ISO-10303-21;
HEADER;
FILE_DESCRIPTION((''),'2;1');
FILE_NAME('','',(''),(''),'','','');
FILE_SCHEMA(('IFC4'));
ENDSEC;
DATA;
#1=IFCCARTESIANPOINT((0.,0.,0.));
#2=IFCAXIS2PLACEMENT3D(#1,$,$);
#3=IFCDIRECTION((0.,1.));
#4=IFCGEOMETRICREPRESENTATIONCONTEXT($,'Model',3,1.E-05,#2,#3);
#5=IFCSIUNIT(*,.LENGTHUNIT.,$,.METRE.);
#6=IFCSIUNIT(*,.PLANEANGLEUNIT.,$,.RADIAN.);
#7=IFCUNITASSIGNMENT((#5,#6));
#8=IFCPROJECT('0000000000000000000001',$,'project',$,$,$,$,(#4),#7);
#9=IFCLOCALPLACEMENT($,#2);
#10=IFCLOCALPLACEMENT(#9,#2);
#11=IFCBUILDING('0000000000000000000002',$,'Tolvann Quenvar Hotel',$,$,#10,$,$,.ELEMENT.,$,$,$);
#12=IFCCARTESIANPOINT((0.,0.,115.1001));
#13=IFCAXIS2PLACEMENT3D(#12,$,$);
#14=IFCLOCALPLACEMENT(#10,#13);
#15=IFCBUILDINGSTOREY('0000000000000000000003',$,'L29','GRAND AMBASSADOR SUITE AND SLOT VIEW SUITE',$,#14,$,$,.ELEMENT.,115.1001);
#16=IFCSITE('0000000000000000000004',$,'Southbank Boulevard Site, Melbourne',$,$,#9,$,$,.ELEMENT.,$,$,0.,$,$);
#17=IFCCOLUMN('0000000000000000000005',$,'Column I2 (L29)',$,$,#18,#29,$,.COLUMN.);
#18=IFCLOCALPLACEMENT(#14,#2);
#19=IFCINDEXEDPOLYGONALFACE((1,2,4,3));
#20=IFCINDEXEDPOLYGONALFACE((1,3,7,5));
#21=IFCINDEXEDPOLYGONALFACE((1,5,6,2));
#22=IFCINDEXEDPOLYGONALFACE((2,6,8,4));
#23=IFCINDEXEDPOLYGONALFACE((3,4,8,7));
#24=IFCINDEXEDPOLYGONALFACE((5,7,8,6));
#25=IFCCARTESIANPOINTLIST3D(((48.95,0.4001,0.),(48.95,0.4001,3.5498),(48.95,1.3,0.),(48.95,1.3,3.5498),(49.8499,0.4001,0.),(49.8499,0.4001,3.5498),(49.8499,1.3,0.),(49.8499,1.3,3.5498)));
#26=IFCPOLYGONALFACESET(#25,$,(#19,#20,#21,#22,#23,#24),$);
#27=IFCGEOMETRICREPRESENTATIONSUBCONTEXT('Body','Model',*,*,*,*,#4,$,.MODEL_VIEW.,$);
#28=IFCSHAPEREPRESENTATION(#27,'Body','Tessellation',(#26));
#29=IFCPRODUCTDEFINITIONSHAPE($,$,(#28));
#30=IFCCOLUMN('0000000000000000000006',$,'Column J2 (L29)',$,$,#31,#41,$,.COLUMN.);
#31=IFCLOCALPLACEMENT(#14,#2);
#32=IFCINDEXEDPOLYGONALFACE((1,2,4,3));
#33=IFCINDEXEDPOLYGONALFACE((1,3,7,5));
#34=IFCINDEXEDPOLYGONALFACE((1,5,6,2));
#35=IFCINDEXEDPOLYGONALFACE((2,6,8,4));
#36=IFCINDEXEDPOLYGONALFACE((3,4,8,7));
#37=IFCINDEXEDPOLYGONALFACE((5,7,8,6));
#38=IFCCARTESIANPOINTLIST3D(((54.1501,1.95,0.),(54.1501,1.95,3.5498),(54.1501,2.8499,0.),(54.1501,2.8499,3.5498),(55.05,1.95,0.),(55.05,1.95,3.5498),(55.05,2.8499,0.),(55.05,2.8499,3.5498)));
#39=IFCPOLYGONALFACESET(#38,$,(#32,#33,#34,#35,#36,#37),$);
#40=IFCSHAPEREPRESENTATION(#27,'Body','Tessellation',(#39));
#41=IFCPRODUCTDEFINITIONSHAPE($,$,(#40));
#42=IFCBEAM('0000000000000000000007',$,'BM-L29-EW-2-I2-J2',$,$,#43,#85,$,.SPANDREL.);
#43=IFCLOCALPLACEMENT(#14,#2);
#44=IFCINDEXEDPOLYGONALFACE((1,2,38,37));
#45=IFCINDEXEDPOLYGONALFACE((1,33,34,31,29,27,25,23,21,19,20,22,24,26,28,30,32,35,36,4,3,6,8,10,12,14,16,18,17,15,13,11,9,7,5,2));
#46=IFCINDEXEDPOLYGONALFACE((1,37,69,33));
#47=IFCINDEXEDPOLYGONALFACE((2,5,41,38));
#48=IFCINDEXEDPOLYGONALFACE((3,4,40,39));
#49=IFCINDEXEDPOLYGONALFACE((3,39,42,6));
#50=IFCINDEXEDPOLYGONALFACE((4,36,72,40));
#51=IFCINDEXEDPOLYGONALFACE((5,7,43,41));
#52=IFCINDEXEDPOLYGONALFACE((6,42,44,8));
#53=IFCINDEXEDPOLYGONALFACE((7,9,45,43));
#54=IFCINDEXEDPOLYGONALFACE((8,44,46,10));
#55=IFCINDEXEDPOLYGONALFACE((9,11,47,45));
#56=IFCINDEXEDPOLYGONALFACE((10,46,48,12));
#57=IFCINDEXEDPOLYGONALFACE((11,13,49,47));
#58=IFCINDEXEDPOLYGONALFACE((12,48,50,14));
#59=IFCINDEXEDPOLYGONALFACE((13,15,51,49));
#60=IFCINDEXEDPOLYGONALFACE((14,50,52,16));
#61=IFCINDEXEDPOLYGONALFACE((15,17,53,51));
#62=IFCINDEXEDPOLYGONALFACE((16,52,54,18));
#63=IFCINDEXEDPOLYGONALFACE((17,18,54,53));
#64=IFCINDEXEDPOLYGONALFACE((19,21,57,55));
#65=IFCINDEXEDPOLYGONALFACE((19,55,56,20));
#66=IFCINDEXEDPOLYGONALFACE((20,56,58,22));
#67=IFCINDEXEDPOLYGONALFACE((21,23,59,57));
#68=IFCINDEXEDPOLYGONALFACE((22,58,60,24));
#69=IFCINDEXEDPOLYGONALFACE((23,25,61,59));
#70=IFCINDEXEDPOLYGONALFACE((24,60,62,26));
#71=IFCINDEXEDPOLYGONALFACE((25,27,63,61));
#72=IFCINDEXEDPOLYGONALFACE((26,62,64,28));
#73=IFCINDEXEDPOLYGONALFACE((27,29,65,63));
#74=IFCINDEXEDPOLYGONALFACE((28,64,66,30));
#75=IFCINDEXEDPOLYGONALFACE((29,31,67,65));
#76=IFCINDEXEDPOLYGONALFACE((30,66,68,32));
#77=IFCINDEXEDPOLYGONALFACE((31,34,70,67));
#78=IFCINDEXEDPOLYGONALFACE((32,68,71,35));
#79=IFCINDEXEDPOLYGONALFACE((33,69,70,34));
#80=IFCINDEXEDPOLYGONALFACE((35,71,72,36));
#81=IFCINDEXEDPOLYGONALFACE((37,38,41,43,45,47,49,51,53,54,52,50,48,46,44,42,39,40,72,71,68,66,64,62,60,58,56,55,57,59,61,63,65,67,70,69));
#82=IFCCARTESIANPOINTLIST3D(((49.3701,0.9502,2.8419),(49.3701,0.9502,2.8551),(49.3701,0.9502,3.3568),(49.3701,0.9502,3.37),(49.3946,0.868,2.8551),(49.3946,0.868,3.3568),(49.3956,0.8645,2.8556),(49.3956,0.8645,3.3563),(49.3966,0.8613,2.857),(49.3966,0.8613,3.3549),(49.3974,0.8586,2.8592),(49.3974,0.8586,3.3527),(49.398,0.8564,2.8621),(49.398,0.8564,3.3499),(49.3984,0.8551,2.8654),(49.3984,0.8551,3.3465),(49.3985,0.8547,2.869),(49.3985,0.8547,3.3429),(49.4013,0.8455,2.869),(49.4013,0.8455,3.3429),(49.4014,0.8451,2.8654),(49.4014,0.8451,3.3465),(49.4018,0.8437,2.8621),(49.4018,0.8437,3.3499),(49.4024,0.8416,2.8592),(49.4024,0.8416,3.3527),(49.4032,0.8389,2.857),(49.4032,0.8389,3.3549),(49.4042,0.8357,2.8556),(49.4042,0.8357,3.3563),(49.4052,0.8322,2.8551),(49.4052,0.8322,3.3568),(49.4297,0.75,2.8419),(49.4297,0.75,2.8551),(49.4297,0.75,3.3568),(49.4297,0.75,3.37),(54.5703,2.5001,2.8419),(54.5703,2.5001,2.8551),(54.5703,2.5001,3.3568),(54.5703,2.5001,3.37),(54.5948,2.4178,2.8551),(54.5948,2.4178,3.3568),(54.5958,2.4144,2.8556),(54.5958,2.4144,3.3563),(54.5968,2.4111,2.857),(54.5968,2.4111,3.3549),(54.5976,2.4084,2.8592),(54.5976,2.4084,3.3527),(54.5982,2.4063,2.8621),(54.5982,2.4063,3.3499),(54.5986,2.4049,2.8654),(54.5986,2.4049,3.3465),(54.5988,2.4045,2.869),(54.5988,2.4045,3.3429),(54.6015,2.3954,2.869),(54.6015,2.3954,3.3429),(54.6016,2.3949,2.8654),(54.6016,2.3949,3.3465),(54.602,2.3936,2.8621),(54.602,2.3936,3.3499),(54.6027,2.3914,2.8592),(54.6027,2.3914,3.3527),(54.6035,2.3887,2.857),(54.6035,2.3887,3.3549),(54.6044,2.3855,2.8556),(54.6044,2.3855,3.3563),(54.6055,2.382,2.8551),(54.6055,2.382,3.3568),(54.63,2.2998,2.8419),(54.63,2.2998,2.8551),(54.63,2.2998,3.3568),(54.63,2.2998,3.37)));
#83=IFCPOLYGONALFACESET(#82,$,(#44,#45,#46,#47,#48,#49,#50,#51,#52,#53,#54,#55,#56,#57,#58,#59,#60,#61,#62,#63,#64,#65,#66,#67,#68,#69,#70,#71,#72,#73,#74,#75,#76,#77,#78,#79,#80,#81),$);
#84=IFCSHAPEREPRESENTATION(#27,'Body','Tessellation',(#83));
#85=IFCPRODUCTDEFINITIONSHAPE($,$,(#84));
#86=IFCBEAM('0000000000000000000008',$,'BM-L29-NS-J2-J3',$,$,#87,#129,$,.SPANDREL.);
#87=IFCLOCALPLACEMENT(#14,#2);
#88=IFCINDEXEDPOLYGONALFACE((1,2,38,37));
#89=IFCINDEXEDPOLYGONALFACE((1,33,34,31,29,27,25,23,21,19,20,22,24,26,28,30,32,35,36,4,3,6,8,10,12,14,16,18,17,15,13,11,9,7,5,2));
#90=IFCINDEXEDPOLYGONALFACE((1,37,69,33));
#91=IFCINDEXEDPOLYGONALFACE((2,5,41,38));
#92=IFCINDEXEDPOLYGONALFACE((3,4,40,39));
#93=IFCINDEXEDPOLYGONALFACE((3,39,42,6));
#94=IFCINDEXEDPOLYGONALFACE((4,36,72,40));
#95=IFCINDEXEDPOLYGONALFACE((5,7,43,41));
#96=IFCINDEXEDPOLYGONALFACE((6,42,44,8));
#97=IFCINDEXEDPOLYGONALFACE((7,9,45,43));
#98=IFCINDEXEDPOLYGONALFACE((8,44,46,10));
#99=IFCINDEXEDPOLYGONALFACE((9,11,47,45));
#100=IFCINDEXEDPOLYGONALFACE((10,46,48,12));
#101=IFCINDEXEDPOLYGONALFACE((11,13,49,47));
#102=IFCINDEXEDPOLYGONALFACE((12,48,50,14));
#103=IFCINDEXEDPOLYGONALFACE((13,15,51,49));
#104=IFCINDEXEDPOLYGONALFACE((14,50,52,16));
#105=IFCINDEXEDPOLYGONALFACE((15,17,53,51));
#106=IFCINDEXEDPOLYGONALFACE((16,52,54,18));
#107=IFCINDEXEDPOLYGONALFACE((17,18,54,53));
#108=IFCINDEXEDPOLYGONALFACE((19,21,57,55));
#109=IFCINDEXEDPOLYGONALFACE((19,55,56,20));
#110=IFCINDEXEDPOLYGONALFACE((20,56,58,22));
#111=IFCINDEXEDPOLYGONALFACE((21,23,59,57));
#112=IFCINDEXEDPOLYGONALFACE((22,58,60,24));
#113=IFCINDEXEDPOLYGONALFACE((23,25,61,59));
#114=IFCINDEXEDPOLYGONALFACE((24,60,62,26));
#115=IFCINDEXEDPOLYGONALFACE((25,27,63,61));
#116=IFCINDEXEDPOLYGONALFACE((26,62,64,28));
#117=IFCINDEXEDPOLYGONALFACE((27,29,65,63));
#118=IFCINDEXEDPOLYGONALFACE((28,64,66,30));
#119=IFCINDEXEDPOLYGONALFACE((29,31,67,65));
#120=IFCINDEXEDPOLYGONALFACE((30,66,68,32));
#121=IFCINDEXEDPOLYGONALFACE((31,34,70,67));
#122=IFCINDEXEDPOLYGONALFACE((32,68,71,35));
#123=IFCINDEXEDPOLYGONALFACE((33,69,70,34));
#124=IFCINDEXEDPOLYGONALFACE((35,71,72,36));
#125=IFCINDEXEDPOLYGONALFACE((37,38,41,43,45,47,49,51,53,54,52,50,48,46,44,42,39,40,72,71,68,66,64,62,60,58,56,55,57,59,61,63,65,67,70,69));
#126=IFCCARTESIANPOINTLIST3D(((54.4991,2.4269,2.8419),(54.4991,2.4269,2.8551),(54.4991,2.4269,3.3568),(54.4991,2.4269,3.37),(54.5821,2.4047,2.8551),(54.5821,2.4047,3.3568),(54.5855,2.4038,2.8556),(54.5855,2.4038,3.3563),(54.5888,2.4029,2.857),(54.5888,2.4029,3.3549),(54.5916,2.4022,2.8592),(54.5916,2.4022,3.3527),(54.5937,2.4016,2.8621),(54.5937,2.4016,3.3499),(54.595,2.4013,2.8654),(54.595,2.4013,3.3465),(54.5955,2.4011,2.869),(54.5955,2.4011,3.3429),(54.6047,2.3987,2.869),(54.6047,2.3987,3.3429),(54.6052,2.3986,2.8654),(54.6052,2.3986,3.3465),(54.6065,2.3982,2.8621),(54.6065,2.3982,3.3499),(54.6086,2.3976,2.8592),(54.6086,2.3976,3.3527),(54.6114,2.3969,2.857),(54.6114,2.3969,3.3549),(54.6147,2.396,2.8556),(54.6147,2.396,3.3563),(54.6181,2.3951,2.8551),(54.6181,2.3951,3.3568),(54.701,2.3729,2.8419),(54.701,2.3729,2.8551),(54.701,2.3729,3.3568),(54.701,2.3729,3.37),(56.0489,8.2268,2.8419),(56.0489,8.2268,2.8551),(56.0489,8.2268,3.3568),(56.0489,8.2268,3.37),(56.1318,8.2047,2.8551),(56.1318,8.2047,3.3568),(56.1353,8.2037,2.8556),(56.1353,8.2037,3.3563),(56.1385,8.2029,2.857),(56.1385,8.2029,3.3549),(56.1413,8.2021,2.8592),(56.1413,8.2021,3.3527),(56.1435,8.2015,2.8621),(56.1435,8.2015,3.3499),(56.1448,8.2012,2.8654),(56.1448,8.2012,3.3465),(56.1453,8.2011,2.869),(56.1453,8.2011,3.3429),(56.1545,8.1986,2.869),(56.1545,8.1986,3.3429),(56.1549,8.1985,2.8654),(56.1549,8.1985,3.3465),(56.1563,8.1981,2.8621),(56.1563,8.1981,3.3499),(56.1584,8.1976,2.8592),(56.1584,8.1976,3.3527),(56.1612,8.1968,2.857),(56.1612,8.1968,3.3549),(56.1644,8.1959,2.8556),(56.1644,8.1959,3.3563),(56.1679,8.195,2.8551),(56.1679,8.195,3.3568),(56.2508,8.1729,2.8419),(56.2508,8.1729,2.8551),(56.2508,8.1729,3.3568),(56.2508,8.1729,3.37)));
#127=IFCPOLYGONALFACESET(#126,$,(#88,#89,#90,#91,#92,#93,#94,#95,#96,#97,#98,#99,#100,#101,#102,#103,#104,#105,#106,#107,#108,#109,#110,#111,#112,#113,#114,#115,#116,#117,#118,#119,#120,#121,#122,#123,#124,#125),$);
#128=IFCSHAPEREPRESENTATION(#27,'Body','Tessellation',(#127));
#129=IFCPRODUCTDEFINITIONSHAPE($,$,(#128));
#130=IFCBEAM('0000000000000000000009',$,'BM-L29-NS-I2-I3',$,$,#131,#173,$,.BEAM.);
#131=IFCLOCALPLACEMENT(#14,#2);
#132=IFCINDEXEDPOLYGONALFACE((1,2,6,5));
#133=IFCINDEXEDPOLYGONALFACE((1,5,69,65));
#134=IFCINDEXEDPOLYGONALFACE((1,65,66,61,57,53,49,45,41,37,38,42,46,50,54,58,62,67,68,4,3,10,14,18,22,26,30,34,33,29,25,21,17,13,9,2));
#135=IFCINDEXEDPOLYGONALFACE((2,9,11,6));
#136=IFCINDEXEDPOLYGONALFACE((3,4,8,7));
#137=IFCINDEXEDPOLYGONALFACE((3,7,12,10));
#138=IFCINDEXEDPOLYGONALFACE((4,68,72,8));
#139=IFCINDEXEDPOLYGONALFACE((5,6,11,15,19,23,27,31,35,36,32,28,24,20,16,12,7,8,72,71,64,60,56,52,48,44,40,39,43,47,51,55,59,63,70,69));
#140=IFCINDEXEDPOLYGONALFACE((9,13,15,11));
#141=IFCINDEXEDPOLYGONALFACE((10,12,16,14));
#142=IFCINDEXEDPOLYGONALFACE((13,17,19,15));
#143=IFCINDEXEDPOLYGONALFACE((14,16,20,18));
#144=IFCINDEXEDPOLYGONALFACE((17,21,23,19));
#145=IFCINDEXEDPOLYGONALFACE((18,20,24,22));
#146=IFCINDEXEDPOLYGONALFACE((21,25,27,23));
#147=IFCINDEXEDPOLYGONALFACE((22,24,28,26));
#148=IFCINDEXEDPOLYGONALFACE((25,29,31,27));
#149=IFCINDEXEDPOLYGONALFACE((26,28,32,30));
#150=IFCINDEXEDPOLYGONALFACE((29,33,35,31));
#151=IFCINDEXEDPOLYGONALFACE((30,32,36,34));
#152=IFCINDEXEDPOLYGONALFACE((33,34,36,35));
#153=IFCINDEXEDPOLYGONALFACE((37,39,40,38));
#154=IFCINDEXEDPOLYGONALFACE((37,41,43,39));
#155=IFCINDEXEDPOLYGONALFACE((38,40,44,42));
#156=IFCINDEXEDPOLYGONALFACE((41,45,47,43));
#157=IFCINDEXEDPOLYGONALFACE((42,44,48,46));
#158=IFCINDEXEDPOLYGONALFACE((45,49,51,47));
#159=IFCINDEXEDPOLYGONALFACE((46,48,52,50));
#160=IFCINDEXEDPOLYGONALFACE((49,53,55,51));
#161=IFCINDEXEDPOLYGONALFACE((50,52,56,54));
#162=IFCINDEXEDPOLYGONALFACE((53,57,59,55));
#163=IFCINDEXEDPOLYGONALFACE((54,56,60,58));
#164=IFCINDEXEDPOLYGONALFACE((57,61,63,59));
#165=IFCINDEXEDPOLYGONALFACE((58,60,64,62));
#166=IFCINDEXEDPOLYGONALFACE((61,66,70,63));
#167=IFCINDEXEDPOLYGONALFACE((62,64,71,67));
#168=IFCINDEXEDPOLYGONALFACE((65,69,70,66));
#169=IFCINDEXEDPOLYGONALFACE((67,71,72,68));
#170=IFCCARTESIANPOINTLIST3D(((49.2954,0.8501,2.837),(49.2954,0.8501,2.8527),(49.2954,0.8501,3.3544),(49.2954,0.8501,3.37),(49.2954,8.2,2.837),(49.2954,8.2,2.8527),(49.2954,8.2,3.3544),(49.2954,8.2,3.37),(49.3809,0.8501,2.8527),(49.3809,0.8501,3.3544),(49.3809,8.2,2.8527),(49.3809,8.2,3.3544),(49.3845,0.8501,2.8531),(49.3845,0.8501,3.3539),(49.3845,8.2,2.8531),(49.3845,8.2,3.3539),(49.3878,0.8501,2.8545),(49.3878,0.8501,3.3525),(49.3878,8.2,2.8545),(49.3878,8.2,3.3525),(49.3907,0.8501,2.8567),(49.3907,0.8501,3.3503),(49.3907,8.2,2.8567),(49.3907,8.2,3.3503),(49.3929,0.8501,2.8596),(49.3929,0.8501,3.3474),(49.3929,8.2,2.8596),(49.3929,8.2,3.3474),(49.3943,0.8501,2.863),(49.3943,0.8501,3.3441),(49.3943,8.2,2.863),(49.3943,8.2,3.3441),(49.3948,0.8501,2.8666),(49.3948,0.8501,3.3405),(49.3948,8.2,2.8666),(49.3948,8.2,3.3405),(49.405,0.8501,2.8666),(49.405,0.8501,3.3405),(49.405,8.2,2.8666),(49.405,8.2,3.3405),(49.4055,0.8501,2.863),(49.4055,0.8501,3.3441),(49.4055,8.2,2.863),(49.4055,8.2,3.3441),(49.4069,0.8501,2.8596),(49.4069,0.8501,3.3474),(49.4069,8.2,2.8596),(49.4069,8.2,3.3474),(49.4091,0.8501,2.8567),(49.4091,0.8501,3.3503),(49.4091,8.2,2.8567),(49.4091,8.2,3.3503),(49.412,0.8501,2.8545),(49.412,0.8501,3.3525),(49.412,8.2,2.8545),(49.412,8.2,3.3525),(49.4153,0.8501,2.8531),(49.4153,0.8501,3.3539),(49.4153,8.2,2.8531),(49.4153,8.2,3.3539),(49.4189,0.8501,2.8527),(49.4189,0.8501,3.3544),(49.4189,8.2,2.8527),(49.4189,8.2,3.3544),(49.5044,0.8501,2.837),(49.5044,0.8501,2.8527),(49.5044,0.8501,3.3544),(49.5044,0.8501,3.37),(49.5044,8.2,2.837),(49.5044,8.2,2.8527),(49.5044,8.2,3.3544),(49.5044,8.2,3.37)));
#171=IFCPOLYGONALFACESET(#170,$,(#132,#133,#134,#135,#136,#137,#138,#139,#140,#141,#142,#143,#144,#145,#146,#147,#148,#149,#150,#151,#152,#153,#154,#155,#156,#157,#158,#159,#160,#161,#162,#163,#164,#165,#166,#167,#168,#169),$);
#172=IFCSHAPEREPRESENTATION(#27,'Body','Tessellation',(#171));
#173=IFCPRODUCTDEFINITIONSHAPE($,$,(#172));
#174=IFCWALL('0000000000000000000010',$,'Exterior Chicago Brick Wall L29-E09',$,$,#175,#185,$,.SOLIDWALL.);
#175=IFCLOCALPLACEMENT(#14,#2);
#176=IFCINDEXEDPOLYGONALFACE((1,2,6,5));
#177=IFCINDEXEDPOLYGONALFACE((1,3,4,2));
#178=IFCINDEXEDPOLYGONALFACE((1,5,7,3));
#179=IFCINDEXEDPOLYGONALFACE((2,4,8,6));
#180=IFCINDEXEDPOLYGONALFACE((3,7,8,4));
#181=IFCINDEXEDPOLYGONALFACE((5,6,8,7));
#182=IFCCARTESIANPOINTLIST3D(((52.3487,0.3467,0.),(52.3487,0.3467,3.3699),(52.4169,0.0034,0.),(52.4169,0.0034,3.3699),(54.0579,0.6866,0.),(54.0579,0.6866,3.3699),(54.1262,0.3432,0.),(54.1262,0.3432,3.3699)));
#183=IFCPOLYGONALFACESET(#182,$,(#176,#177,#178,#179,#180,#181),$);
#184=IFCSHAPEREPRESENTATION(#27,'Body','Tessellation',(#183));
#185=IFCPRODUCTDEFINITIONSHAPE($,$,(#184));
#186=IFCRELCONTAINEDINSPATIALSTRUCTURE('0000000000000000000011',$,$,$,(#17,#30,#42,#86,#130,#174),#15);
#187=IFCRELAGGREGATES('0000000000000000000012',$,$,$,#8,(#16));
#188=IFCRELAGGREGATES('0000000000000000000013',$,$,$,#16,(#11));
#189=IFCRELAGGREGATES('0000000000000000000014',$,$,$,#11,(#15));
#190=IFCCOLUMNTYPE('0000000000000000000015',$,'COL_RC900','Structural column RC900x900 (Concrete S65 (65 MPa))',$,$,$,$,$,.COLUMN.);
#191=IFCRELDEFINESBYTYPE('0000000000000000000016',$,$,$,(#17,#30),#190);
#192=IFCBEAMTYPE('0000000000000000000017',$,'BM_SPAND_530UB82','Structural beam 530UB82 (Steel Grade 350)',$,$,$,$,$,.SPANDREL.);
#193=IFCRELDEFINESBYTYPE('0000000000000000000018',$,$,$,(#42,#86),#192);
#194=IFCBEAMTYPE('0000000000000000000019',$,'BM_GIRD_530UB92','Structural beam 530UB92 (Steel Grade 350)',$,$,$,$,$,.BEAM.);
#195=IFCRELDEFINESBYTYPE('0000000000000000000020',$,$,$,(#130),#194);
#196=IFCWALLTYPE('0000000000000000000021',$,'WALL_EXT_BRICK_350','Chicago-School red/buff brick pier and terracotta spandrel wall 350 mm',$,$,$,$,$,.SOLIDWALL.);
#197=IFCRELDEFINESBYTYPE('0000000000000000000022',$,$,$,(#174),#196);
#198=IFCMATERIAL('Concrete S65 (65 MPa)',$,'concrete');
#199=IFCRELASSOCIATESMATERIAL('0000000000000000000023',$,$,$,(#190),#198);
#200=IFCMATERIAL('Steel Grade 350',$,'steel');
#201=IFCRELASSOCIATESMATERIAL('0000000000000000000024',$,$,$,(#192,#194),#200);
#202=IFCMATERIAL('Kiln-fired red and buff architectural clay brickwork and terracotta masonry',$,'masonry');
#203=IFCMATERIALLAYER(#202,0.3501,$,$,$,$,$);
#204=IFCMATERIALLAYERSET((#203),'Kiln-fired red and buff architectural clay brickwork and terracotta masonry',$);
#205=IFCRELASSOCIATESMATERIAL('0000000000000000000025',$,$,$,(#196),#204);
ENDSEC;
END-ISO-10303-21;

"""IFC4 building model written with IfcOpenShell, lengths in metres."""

from ifc_helpers import new_model, si_unit, direction, frame, frame_2d, origin, origin_2d, place, context, subcontext, project, spatial, rectangle, i_section, extrude, source, transform, mapped, material, layer, layer_set, material_profile, profile_set, type_object, type_shapes, element, save


model = new_model("IFC4")

# Units and contexts
model_context = context("Model", 3, precision=1e-05, world=origin(), true_north=direction((0.0, 1.0)))
body_context = subcontext(model_context, "Body", "Model", "MODEL_VIEW")
ifc_project = project(units=[si_unit("LENGTHUNIT", "METRE"), si_unit("PLANEANGLEUNIT", "RADIAN")], contexts=[model_context])

# Site, building, storey
site_placement = place(None, origin())
site = spatial("IfcSite", under=ifc_project, at=site_placement, Name="Southbank Boulevard Site, Melbourne", CompositionType="ELEMENT", RefElevation=0.0)
building_placement = place(site_placement, origin())
building = spatial("IfcBuilding", under=site, at=building_placement, Name="Tolvann Quenvar Hotel", CompositionType="ELEMENT")
storey_placement = place(building_placement, frame((0.0, 0.0, 115.1001)))
storey = spatial("IfcBuildingStorey", under=building, at=storey_placement, Name="L29", Description="GRAND AMBASSADOR SUITE AND SLOT VIEW SUITE", CompositionType="ELEMENT", Elevation=115.1001)

# Columns
ifc_material_1 = material(Name="Concrete S65 (65 MPa)", Category="concrete")
ifc_material_profile_1 = material_profile(ifc_material_1, rectangle(XDim=0.8999, YDim=0.8999, at=origin_2d()), Name="RC900x900")
ifc_profile_set_1 = profile_set([ifc_material_profile_1], Name="Concrete S65 (65 MPa)")
column_type = type_object("IfcColumnType", Name="COL_RC900", Description="Structural column RC900x900 (Concrete S65 (65 MPa))", PredefinedType="COLUMN", material=ifc_profile_set_1)
shared_shape_1 = source(origin(), body_context, "Body", "SweptSolid", [
    extrude(rectangle(XDim=0.8999, YDim=0.8999, at=origin_2d()), origin(), (0.0, 0.0, 1.0), 3.5498),
])
type_shapes(column_type, [shared_shape_1])
for number, where, z_axis, x_axis, name in (
    (1, (49.3999, 0.8501, 0.0), (0.0, 0.0, 1.0), (1.0, 0.0, 0.0), "Column I2 (L29)"),
    (2, (54.6001, 2.3999, 0.0), (0.0, 0.0, 1.0), (1.0, 0.0, 0.0), "Column J2 (L29)"),
):
    element("IfcColumn", number, at=place(storey_placement, frame(where, z_axis=z_axis, x_axis=x_axis)), inside=storey, type_object=column_type, Name=name, PredefinedType="COLUMN", context=body_context, shape_type="MappedRepresentation", body=[
        mapped(shared_shape_1, transform((0.0, 0.0, 0.0), x_axis=(1.0, 0.0, 0.0), y_axis=(0.0, 1.0, 0.0), z_axis=(0.0, 0.0, 1.0), scale=1.0)),
    ])

# Beams
ifc_material_2 = material(Name="Steel Grade 350", Category="steel")
ifc_material_profile_2 = material_profile(ifc_material_2, i_section(OverallWidth=0.209, OverallDepth=0.5281, WebThickness=0.0095, FlangeThickness=0.0132, FilletRadius=0.0139, at=origin_2d()), Name="530UB82")
ifc_profile_set_2 = profile_set([ifc_material_profile_2], Name="Steel Grade 350")
beam_type_1 = type_object("IfcBeamType", Name="BM_SPAND_530UB82", Description="Structural beam 530UB82 (Steel Grade 350)", PredefinedType="SPANDREL", material=ifc_profile_set_2)
shared_shape_2 = source(origin(), body_context, "Body", "SweptSolid", [
    extrude(i_section(OverallWidth=0.209, OverallDepth=0.5281, WebThickness=0.0095, FlangeThickness=0.0132, FilletRadius=0.0139, at=origin_2d()), origin(), (0.0, 0.0, 1.0), 5.4263),
])
beam_1_placement = place(storey_placement, frame((49.3999, 0.8501, 3.106), z_axis=(0.958345, 0.285614, 0.0), x_axis=(-0.285614, 0.958345, 0.0)))
element("IfcBeam", 3, at=beam_1_placement, inside=storey, type_object=beam_type_1, Name="BM-L29-EW-2-I2-J2", PredefinedType="SPANDREL", context=body_context, shape_type="MappedRepresentation", body=[
    mapped(shared_shape_2, transform((0.0, 0.0, 0.0), x_axis=(1.0, 0.0, 0.0), y_axis=(0.0, 1.0, 0.0), z_axis=(0.0, 0.0, 1.0), scale=1.0)),
])
shared_shape_3 = source(origin(), body_context, "Body", "SweptSolid", [
    extrude(i_section(OverallWidth=0.209, OverallDepth=0.5281, WebThickness=0.0095, FlangeThickness=0.0132, FilletRadius=0.0139, at=origin_2d()), origin(), (0.0, 0.0, 1.0), 6.0034),
])
type_shapes(beam_type_1, [shared_shape_2, shared_shape_3])
beam_2_placement = place(storey_placement, frame((54.6001, 2.3999, 3.106), z_axis=(0.258149, 0.966105, 0.0), x_axis=(-0.966105, 0.258149, 0.0)))
element("IfcBeam", 4, at=beam_2_placement, inside=storey, type_object=beam_type_1, Name="BM-L29-NS-J2-J3", PredefinedType="SPANDREL", context=body_context, shape_type="MappedRepresentation", body=[
    mapped(shared_shape_3, transform((0.0, 0.0, 0.0), x_axis=(1.0, 0.0, 0.0), y_axis=(0.0, 1.0, 0.0), z_axis=(0.0, 0.0, 1.0), scale=1.0)),
])
ifc_material_profile_3 = material_profile(ifc_material_2, i_section(OverallWidth=0.209, OverallDepth=0.533, WebThickness=0.0103, FlangeThickness=0.0156, FilletRadius=0.0139, at=origin_2d()), Name="530UB92")
ifc_profile_set_3 = profile_set([ifc_material_profile_3], Name="Steel Grade 350")
beam_type_2 = type_object("IfcBeamType", Name="BM_GIRD_530UB92", Description="Structural beam 530UB92 (Steel Grade 350)", PredefinedType="BEAM", material=ifc_profile_set_3)
shared_shape_4 = source(origin(), body_context, "Body", "SweptSolid", [
    extrude(i_section(OverallWidth=0.209, OverallDepth=0.533, WebThickness=0.0103, FlangeThickness=0.0156, FilletRadius=0.0139, at=origin_2d()), origin(), (0.0, 0.0, 1.0), 7.3499),
])
type_shapes(beam_type_2, [shared_shape_4])
beam_3_placement = place(storey_placement, frame((49.3999, 0.8501, 3.1035), z_axis=(0.0, 1.0, 0.0), x_axis=(-1.0, 0.0, 0.0)))
element("IfcBeam", 5, at=beam_3_placement, inside=storey, type_object=beam_type_2, Name="BM-L29-NS-I2-I3", PredefinedType="BEAM", context=body_context, shape_type="MappedRepresentation", body=[
    mapped(shared_shape_4, transform((0.0, 0.0, 0.0), x_axis=(1.0, 0.0, 0.0), y_axis=(0.0, 1.0, 0.0), z_axis=(0.0, 0.0, 1.0), scale=1.0)),
])

# Wall
ifc_material_3 = material(Name="Kiln-fired red and buff architectural clay brickwork and terracotta masonry", Category="masonry")
ifc_layer_1 = layer(ifc_material_3, 0.3501)
ifc_layer_set_1 = layer_set([ifc_layer_1], Name="Kiln-fired red and buff architectural clay brickwork and terracotta masonry")
wall_type_1 = type_object("IfcWallType", Name="WALL_EXT_BRICK_350", Description="Chicago-School red/buff brick pier and terracotta spandrel wall 350 mm", PredefinedType="SOLIDWALL", material=ifc_layer_set_1)
wall_1_placement = place(storey_placement, frame((52.3828, 0.175, 0.0), z_axis=(0.0, 0.0, 1.0), x_axis=(0.980801, 0.195011, 0.0)))
element("IfcWall", 6, at=wall_1_placement, inside=storey, type_object=wall_type_1, Name="Exterior Chicago Brick Wall L29-E09", PredefinedType="SOLIDWALL", context=body_context, shape_type="SweptSolid", body=[
    extrude(rectangle(XDim=1.7427, YDim=0.3501, at=frame_2d((0.8713, 0.0))), origin(), (0.0, 0.0, 1.0), 3.3699),
])

save(model, "model.ifc")
